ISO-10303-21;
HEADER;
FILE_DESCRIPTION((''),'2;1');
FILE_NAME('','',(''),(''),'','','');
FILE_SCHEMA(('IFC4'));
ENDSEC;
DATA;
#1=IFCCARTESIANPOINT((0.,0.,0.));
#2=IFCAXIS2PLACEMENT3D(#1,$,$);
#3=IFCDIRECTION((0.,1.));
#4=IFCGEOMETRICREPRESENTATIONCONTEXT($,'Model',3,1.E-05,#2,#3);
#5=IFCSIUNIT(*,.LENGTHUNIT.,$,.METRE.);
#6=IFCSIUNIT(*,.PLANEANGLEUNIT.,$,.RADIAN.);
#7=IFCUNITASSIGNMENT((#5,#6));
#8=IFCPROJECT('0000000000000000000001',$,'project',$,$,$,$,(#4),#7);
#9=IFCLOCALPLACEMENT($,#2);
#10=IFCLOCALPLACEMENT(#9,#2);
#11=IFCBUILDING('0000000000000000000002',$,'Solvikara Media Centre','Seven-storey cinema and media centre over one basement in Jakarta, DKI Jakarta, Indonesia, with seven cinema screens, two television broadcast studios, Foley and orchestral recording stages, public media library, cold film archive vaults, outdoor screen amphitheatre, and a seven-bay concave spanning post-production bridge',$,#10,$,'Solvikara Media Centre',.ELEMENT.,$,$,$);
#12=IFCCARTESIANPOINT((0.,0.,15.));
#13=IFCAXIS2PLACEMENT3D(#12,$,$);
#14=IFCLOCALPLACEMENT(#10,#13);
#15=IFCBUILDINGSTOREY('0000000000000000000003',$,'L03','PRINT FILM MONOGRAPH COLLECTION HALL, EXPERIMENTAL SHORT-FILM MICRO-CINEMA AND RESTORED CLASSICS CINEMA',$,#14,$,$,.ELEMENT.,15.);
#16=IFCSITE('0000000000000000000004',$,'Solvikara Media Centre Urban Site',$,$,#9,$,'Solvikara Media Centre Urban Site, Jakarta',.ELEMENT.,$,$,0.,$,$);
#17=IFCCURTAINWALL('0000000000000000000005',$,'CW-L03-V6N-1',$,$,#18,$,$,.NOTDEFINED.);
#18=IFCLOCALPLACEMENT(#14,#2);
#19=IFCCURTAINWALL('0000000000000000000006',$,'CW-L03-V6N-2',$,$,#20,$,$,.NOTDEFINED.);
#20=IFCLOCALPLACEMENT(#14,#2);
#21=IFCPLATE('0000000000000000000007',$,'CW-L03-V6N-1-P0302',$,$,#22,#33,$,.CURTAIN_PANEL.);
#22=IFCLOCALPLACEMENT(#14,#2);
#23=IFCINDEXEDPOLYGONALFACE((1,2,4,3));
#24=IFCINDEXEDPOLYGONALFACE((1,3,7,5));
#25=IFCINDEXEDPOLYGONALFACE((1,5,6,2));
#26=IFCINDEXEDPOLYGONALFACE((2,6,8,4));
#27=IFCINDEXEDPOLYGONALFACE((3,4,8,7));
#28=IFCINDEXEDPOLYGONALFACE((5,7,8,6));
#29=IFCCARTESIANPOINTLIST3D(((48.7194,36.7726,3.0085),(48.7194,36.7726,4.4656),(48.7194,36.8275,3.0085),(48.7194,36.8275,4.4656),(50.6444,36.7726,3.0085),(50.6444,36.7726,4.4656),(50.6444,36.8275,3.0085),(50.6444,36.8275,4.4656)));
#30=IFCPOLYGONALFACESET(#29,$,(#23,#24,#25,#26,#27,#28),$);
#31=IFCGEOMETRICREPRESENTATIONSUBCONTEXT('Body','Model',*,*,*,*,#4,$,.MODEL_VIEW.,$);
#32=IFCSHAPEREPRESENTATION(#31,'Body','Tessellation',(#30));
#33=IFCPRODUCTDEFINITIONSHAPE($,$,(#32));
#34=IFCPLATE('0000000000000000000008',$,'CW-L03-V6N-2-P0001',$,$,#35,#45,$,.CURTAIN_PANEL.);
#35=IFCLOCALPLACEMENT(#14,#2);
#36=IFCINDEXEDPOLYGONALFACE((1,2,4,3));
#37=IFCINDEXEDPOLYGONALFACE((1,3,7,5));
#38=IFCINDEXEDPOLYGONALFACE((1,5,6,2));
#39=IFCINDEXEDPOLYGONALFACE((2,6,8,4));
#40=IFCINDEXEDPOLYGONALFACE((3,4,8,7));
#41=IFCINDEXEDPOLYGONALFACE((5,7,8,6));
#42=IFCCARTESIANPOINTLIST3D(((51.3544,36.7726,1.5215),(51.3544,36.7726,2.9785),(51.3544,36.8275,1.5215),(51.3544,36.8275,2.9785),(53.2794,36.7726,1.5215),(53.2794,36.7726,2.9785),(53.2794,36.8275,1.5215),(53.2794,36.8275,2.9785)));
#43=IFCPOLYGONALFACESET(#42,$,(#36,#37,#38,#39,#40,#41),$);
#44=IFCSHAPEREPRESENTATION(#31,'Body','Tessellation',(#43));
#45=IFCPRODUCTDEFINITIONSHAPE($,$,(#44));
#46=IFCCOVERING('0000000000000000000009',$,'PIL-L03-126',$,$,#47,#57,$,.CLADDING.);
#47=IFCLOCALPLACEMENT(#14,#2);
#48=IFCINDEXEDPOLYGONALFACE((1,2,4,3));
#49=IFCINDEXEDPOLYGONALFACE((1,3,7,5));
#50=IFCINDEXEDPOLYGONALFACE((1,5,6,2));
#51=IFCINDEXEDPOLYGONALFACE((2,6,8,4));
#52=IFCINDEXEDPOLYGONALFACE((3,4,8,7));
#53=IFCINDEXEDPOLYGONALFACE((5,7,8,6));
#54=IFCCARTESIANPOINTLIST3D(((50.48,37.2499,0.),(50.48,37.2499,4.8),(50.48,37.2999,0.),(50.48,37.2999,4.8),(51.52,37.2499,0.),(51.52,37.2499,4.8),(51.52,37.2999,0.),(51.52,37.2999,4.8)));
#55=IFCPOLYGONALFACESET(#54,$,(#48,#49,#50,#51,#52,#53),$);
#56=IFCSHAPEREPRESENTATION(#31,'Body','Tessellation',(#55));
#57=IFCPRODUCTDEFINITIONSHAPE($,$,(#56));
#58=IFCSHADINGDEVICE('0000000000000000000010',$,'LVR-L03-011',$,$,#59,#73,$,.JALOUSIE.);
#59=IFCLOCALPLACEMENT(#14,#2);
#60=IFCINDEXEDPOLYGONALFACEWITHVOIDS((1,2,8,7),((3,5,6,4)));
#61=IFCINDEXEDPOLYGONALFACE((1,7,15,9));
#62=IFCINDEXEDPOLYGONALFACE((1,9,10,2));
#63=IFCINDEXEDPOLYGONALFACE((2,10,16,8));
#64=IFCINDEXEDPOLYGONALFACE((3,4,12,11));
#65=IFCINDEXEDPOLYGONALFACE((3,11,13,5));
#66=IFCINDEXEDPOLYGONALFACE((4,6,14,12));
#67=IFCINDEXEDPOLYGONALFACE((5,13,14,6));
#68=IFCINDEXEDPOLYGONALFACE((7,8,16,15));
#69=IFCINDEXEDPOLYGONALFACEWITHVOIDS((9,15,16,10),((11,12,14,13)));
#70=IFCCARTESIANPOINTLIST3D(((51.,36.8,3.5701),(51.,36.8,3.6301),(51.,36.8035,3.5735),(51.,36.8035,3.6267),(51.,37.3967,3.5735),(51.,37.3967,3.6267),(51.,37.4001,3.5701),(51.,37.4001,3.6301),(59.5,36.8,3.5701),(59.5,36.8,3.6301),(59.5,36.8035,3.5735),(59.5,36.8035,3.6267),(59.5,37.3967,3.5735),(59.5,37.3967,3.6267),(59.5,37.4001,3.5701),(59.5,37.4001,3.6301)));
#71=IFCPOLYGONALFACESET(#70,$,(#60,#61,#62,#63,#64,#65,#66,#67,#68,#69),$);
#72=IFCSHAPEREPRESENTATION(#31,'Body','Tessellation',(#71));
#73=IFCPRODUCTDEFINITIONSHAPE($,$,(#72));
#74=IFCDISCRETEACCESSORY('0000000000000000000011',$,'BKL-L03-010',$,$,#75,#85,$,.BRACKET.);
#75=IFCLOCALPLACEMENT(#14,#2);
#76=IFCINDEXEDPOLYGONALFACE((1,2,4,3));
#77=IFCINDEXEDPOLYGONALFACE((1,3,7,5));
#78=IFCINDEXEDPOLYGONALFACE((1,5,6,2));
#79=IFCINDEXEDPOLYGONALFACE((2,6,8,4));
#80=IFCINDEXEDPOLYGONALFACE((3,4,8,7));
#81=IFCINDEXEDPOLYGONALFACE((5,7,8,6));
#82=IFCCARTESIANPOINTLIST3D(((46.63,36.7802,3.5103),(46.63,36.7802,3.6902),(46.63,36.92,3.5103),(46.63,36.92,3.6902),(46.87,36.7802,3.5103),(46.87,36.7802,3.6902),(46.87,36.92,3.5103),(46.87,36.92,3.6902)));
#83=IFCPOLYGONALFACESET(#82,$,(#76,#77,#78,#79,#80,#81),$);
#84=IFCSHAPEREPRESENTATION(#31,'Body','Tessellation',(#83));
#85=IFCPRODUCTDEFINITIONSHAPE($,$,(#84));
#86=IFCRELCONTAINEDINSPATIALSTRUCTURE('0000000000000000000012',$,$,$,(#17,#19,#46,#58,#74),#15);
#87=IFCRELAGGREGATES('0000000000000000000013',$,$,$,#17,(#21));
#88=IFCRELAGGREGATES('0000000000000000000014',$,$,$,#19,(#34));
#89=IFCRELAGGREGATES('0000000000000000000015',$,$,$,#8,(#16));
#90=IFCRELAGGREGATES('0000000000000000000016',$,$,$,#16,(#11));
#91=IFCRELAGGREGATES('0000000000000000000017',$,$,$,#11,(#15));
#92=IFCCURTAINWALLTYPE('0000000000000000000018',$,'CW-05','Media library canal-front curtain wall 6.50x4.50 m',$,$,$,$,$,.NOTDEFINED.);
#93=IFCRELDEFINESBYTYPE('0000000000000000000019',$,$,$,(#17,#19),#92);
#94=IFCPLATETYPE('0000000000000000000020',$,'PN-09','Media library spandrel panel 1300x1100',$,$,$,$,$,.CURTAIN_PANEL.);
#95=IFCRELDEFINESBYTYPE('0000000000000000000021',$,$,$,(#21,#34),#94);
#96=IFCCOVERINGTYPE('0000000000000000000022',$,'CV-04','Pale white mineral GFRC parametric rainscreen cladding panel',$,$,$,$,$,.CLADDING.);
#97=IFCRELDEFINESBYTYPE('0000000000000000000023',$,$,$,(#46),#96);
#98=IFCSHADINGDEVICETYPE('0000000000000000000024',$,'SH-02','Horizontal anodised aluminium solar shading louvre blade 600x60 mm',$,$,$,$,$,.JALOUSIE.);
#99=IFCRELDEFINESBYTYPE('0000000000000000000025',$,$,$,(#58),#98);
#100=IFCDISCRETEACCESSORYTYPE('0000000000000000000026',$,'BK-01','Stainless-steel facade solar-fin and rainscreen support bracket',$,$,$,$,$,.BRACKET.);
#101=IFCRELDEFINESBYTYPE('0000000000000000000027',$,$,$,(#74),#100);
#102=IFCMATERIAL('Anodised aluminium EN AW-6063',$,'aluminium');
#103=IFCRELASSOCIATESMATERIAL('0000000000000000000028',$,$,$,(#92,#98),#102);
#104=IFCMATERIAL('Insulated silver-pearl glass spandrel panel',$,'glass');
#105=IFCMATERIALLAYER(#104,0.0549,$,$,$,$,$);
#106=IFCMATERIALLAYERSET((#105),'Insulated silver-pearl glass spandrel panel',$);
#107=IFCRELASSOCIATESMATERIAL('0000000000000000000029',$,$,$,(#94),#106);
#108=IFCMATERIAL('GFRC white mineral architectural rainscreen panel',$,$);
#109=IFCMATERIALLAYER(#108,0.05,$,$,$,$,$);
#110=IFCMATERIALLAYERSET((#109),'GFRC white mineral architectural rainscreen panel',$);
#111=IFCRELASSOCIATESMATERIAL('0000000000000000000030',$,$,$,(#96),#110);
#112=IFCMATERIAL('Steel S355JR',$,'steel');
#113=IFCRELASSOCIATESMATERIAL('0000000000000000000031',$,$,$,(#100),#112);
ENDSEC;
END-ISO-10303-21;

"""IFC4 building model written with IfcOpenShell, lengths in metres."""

from ifc_helpers import new_model, si_unit, direction, frame, origin, origin_2d, place, context, subcontext, project, spatial, rectangle, hollow_rectangle, extrude, material, layer, layer_set, material_profile, profile_set, type_object, element, aggregate, save


model = new_model("IFC4")

# Units and contexts
model_context = context("Model", 3, precision=1e-05, world=origin(), true_north=direction((0.0, 1.0)))
body_context = subcontext(model_context, "Body", "Model", "MODEL_VIEW")
ifc_project = project(units=[si_unit("LENGTHUNIT", "METRE"), si_unit("PLANEANGLEUNIT", "RADIAN")], contexts=[model_context])

# Site, building, storey
site_placement = place(None, origin())
site = spatial("IfcSite", under=ifc_project, at=site_placement, Name="Solvikara Media Centre Urban Site", LongName="Solvikara Media Centre Urban Site, Jakarta", CompositionType="ELEMENT", RefElevation=0.0)
building_placement = place(site_placement, origin())
building = spatial("IfcBuilding", under=site, at=building_placement, Name="Solvikara Media Centre", Description="Seven-storey cinema and media centre over one basement in Jakarta, DKI Jakarta, Indonesia, with seven cinema screens, two television broadcast studios, Foley and orchestral recording stages, public media library, cold film archive vaults, outdoor screen amphitheatre, and a seven-bay concave spanning post-production bridge", LongName="Solvikara Media Centre", CompositionType="ELEMENT")
storey_placement = place(building_placement, frame((0.0, 0.0, 15.0)))
storey = spatial("IfcBuildingStorey", under=building, at=storey_placement, Name="L03", Description="PRINT FILM MONOGRAPH COLLECTION HALL, EXPERIMENTAL SHORT-FILM MICRO-CINEMA AND RESTORED CLASSICS CINEMA", CompositionType="ELEMENT", Elevation=15.0)

# Shared definitions
ifc_material_1 = material(Name="Steel S355JR", Category="steel")

# Curtain wall
ifc_material_2 = material(Name="Anodised aluminium EN AW-6063", Category="aluminium")
curtain_wall_type = type_object("IfcCurtainWallType", Name="CW-05", Description="Media library canal-front curtain wall 6.50x4.50 m", PredefinedType="NOTDEFINED", material=ifc_material_2)
curtain_wall_1_placement = place(storey_placement, origin())
curtain_wall_1 = element("IfcCurtainWall", 1, at=curtain_wall_1_placement, inside=storey, type_object=curtain_wall_type, Name="CW-L03-V6N-1", PredefinedType="NOTDEFINED")

# Curtain wall
curtain_wall_2_placement = place(storey_placement, origin())
curtain_wall_2 = element("IfcCurtainWall", 2, at=curtain_wall_2_placement, inside=storey, type_object=curtain_wall_type, Name="CW-L03-V6N-2", PredefinedType="NOTDEFINED")

# Plates
ifc_material_3 = material(Name="Insulated silver-pearl glass spandrel panel", Category="glass")
ifc_layer_1 = layer(ifc_material_3, 0.0549)
ifc_layer_set_1 = layer_set([ifc_layer_1], Name="Insulated silver-pearl glass spandrel panel")
plate_type_1 = type_object("IfcPlateType", Name="PN-09", Description="Media library spandrel panel 1300x1100", PredefinedType="CURTAIN_PANEL", material=ifc_layer_set_1)
plate_1_placement = place(storey_placement, frame((49.6819, 36.8, 3.0085), z_axis=(0.0, 0.0, 1.0), x_axis=(1.0, 0.0, 0.0)))
plate_1 = element("IfcPlate", 3, at=plate_1_placement, type_object=plate_type_1, Name="CW-L03-V6N-1-P0302", PredefinedType="CURTAIN_PANEL", context=body_context, shape_type="SweptSolid", body=[
    extrude(rectangle(XDim=1.925, YDim=0.0549, at=origin_2d()), origin(), (0.0, 0.0, 1.0), 1.457),
])
aggregate(curtain_wall_1, [plate_1])
plate_2_placement = place(storey_placement, frame((52.3169, 36.8, 1.5215), z_axis=(0.0, 0.0, 1.0), x_axis=(1.0, 0.0, 0.0)))
plate_2 = element("IfcPlate", 4, at=plate_2_placement, type_object=plate_type_1, Name="CW-L03-V6N-2-P0001", PredefinedType="CURTAIN_PANEL", context=body_context, shape_type="SweptSolid", body=[
    extrude(rectangle(XDim=1.925, YDim=0.0549, at=origin_2d()), origin(), (0.0, 0.0, 1.0), 1.457),
])
aggregate(curtain_wall_2, [plate_2])

# Covering
ifc_material_4 = material(Name="GFRC white mineral architectural rainscreen panel")
ifc_layer_2 = layer(ifc_material_4, 0.05)
ifc_layer_set_2 = layer_set([ifc_layer_2], Name="GFRC white mineral architectural rainscreen panel")
covering_type = type_object("IfcCoveringType", Name="CV-04", Description="Pale white mineral GFRC parametric rainscreen cladding panel", PredefinedType="CLADDING", material=ifc_layer_set_2)
covering_placement = place(storey_placement, frame((51.0, 37.2749, 0.0), z_axis=(0.0, 0.0, 1.0), x_axis=(-1.0, 0.0, 0.0)))
element("IfcCovering", 5, at=covering_placement, inside=storey, type_object=covering_type, Name="PIL-L03-126", PredefinedType="CLADDING", context=body_context, shape_type="SweptSolid", body=[
    extrude(rectangle(XDim=1.04, YDim=0.05, at=origin_2d()), origin(), (0.0, 0.0, 1.0), 4.8),
])

# Shading device
ifc_material_profile_1 = material_profile(ifc_material_2, hollow_rectangle(XDim=0.6001, YDim=0.0601, WallThickness=0.0034, at=origin_2d()), Name="ALU-LOUVRE 60x600x3.5")
ifc_profile_set_1 = profile_set([ifc_material_profile_1], Name="Anodised aluminium EN AW-6063")
shading_device_type = type_object("IfcShadingDeviceType", Name="SH-02", Description="Horizontal anodised aluminium solar shading louvre blade 600x60 mm", PredefinedType="JALOUSIE", material=ifc_profile_set_1)
shading_device_placement = place(storey_placement, frame((51.0, 37.1001, 3.6001), z_axis=(1.0, 0.0, 0.0), x_axis=(0.0, 1.0, 0.0)))
element("IfcShadingDevice", 6, at=shading_device_placement, inside=storey, type_object=shading_device_type, Name="LVR-L03-011", PredefinedType="JALOUSIE", context=body_context, shape_type="SweptSolid", body=[
    extrude(hollow_rectangle(XDim=0.6001, YDim=0.0601, WallThickness=0.0034, at=origin_2d()), origin(), (0.0, 0.0, 1.0), 8.5),
])

# Discrete accessory
discrete_accessory_type = type_object("IfcDiscreteAccessoryType", Name="BK-01", Description="Stainless-steel facade solar-fin and rainscreen support bracket", PredefinedType="BRACKET", material=ifc_material_1)
discrete_accessory_placement = place(storey_placement, frame((46.75, 36.8501, 3.5103), z_axis=(0.0, 0.0, 1.0), x_axis=(1.0, 0.0, 0.0)))
element("IfcDiscreteAccessory", 7, at=discrete_accessory_placement, inside=storey, type_object=discrete_accessory_type, Name="BKL-L03-010", PredefinedType="BRACKET", context=body_context, shape_type="SweptSolid", body=[
    extrude(rectangle(XDim=0.24, YDim=0.1399, at=origin_2d()), origin(), (0.0, 0.0, 1.0), 0.1799),
])

save(model, "model.ifc")
